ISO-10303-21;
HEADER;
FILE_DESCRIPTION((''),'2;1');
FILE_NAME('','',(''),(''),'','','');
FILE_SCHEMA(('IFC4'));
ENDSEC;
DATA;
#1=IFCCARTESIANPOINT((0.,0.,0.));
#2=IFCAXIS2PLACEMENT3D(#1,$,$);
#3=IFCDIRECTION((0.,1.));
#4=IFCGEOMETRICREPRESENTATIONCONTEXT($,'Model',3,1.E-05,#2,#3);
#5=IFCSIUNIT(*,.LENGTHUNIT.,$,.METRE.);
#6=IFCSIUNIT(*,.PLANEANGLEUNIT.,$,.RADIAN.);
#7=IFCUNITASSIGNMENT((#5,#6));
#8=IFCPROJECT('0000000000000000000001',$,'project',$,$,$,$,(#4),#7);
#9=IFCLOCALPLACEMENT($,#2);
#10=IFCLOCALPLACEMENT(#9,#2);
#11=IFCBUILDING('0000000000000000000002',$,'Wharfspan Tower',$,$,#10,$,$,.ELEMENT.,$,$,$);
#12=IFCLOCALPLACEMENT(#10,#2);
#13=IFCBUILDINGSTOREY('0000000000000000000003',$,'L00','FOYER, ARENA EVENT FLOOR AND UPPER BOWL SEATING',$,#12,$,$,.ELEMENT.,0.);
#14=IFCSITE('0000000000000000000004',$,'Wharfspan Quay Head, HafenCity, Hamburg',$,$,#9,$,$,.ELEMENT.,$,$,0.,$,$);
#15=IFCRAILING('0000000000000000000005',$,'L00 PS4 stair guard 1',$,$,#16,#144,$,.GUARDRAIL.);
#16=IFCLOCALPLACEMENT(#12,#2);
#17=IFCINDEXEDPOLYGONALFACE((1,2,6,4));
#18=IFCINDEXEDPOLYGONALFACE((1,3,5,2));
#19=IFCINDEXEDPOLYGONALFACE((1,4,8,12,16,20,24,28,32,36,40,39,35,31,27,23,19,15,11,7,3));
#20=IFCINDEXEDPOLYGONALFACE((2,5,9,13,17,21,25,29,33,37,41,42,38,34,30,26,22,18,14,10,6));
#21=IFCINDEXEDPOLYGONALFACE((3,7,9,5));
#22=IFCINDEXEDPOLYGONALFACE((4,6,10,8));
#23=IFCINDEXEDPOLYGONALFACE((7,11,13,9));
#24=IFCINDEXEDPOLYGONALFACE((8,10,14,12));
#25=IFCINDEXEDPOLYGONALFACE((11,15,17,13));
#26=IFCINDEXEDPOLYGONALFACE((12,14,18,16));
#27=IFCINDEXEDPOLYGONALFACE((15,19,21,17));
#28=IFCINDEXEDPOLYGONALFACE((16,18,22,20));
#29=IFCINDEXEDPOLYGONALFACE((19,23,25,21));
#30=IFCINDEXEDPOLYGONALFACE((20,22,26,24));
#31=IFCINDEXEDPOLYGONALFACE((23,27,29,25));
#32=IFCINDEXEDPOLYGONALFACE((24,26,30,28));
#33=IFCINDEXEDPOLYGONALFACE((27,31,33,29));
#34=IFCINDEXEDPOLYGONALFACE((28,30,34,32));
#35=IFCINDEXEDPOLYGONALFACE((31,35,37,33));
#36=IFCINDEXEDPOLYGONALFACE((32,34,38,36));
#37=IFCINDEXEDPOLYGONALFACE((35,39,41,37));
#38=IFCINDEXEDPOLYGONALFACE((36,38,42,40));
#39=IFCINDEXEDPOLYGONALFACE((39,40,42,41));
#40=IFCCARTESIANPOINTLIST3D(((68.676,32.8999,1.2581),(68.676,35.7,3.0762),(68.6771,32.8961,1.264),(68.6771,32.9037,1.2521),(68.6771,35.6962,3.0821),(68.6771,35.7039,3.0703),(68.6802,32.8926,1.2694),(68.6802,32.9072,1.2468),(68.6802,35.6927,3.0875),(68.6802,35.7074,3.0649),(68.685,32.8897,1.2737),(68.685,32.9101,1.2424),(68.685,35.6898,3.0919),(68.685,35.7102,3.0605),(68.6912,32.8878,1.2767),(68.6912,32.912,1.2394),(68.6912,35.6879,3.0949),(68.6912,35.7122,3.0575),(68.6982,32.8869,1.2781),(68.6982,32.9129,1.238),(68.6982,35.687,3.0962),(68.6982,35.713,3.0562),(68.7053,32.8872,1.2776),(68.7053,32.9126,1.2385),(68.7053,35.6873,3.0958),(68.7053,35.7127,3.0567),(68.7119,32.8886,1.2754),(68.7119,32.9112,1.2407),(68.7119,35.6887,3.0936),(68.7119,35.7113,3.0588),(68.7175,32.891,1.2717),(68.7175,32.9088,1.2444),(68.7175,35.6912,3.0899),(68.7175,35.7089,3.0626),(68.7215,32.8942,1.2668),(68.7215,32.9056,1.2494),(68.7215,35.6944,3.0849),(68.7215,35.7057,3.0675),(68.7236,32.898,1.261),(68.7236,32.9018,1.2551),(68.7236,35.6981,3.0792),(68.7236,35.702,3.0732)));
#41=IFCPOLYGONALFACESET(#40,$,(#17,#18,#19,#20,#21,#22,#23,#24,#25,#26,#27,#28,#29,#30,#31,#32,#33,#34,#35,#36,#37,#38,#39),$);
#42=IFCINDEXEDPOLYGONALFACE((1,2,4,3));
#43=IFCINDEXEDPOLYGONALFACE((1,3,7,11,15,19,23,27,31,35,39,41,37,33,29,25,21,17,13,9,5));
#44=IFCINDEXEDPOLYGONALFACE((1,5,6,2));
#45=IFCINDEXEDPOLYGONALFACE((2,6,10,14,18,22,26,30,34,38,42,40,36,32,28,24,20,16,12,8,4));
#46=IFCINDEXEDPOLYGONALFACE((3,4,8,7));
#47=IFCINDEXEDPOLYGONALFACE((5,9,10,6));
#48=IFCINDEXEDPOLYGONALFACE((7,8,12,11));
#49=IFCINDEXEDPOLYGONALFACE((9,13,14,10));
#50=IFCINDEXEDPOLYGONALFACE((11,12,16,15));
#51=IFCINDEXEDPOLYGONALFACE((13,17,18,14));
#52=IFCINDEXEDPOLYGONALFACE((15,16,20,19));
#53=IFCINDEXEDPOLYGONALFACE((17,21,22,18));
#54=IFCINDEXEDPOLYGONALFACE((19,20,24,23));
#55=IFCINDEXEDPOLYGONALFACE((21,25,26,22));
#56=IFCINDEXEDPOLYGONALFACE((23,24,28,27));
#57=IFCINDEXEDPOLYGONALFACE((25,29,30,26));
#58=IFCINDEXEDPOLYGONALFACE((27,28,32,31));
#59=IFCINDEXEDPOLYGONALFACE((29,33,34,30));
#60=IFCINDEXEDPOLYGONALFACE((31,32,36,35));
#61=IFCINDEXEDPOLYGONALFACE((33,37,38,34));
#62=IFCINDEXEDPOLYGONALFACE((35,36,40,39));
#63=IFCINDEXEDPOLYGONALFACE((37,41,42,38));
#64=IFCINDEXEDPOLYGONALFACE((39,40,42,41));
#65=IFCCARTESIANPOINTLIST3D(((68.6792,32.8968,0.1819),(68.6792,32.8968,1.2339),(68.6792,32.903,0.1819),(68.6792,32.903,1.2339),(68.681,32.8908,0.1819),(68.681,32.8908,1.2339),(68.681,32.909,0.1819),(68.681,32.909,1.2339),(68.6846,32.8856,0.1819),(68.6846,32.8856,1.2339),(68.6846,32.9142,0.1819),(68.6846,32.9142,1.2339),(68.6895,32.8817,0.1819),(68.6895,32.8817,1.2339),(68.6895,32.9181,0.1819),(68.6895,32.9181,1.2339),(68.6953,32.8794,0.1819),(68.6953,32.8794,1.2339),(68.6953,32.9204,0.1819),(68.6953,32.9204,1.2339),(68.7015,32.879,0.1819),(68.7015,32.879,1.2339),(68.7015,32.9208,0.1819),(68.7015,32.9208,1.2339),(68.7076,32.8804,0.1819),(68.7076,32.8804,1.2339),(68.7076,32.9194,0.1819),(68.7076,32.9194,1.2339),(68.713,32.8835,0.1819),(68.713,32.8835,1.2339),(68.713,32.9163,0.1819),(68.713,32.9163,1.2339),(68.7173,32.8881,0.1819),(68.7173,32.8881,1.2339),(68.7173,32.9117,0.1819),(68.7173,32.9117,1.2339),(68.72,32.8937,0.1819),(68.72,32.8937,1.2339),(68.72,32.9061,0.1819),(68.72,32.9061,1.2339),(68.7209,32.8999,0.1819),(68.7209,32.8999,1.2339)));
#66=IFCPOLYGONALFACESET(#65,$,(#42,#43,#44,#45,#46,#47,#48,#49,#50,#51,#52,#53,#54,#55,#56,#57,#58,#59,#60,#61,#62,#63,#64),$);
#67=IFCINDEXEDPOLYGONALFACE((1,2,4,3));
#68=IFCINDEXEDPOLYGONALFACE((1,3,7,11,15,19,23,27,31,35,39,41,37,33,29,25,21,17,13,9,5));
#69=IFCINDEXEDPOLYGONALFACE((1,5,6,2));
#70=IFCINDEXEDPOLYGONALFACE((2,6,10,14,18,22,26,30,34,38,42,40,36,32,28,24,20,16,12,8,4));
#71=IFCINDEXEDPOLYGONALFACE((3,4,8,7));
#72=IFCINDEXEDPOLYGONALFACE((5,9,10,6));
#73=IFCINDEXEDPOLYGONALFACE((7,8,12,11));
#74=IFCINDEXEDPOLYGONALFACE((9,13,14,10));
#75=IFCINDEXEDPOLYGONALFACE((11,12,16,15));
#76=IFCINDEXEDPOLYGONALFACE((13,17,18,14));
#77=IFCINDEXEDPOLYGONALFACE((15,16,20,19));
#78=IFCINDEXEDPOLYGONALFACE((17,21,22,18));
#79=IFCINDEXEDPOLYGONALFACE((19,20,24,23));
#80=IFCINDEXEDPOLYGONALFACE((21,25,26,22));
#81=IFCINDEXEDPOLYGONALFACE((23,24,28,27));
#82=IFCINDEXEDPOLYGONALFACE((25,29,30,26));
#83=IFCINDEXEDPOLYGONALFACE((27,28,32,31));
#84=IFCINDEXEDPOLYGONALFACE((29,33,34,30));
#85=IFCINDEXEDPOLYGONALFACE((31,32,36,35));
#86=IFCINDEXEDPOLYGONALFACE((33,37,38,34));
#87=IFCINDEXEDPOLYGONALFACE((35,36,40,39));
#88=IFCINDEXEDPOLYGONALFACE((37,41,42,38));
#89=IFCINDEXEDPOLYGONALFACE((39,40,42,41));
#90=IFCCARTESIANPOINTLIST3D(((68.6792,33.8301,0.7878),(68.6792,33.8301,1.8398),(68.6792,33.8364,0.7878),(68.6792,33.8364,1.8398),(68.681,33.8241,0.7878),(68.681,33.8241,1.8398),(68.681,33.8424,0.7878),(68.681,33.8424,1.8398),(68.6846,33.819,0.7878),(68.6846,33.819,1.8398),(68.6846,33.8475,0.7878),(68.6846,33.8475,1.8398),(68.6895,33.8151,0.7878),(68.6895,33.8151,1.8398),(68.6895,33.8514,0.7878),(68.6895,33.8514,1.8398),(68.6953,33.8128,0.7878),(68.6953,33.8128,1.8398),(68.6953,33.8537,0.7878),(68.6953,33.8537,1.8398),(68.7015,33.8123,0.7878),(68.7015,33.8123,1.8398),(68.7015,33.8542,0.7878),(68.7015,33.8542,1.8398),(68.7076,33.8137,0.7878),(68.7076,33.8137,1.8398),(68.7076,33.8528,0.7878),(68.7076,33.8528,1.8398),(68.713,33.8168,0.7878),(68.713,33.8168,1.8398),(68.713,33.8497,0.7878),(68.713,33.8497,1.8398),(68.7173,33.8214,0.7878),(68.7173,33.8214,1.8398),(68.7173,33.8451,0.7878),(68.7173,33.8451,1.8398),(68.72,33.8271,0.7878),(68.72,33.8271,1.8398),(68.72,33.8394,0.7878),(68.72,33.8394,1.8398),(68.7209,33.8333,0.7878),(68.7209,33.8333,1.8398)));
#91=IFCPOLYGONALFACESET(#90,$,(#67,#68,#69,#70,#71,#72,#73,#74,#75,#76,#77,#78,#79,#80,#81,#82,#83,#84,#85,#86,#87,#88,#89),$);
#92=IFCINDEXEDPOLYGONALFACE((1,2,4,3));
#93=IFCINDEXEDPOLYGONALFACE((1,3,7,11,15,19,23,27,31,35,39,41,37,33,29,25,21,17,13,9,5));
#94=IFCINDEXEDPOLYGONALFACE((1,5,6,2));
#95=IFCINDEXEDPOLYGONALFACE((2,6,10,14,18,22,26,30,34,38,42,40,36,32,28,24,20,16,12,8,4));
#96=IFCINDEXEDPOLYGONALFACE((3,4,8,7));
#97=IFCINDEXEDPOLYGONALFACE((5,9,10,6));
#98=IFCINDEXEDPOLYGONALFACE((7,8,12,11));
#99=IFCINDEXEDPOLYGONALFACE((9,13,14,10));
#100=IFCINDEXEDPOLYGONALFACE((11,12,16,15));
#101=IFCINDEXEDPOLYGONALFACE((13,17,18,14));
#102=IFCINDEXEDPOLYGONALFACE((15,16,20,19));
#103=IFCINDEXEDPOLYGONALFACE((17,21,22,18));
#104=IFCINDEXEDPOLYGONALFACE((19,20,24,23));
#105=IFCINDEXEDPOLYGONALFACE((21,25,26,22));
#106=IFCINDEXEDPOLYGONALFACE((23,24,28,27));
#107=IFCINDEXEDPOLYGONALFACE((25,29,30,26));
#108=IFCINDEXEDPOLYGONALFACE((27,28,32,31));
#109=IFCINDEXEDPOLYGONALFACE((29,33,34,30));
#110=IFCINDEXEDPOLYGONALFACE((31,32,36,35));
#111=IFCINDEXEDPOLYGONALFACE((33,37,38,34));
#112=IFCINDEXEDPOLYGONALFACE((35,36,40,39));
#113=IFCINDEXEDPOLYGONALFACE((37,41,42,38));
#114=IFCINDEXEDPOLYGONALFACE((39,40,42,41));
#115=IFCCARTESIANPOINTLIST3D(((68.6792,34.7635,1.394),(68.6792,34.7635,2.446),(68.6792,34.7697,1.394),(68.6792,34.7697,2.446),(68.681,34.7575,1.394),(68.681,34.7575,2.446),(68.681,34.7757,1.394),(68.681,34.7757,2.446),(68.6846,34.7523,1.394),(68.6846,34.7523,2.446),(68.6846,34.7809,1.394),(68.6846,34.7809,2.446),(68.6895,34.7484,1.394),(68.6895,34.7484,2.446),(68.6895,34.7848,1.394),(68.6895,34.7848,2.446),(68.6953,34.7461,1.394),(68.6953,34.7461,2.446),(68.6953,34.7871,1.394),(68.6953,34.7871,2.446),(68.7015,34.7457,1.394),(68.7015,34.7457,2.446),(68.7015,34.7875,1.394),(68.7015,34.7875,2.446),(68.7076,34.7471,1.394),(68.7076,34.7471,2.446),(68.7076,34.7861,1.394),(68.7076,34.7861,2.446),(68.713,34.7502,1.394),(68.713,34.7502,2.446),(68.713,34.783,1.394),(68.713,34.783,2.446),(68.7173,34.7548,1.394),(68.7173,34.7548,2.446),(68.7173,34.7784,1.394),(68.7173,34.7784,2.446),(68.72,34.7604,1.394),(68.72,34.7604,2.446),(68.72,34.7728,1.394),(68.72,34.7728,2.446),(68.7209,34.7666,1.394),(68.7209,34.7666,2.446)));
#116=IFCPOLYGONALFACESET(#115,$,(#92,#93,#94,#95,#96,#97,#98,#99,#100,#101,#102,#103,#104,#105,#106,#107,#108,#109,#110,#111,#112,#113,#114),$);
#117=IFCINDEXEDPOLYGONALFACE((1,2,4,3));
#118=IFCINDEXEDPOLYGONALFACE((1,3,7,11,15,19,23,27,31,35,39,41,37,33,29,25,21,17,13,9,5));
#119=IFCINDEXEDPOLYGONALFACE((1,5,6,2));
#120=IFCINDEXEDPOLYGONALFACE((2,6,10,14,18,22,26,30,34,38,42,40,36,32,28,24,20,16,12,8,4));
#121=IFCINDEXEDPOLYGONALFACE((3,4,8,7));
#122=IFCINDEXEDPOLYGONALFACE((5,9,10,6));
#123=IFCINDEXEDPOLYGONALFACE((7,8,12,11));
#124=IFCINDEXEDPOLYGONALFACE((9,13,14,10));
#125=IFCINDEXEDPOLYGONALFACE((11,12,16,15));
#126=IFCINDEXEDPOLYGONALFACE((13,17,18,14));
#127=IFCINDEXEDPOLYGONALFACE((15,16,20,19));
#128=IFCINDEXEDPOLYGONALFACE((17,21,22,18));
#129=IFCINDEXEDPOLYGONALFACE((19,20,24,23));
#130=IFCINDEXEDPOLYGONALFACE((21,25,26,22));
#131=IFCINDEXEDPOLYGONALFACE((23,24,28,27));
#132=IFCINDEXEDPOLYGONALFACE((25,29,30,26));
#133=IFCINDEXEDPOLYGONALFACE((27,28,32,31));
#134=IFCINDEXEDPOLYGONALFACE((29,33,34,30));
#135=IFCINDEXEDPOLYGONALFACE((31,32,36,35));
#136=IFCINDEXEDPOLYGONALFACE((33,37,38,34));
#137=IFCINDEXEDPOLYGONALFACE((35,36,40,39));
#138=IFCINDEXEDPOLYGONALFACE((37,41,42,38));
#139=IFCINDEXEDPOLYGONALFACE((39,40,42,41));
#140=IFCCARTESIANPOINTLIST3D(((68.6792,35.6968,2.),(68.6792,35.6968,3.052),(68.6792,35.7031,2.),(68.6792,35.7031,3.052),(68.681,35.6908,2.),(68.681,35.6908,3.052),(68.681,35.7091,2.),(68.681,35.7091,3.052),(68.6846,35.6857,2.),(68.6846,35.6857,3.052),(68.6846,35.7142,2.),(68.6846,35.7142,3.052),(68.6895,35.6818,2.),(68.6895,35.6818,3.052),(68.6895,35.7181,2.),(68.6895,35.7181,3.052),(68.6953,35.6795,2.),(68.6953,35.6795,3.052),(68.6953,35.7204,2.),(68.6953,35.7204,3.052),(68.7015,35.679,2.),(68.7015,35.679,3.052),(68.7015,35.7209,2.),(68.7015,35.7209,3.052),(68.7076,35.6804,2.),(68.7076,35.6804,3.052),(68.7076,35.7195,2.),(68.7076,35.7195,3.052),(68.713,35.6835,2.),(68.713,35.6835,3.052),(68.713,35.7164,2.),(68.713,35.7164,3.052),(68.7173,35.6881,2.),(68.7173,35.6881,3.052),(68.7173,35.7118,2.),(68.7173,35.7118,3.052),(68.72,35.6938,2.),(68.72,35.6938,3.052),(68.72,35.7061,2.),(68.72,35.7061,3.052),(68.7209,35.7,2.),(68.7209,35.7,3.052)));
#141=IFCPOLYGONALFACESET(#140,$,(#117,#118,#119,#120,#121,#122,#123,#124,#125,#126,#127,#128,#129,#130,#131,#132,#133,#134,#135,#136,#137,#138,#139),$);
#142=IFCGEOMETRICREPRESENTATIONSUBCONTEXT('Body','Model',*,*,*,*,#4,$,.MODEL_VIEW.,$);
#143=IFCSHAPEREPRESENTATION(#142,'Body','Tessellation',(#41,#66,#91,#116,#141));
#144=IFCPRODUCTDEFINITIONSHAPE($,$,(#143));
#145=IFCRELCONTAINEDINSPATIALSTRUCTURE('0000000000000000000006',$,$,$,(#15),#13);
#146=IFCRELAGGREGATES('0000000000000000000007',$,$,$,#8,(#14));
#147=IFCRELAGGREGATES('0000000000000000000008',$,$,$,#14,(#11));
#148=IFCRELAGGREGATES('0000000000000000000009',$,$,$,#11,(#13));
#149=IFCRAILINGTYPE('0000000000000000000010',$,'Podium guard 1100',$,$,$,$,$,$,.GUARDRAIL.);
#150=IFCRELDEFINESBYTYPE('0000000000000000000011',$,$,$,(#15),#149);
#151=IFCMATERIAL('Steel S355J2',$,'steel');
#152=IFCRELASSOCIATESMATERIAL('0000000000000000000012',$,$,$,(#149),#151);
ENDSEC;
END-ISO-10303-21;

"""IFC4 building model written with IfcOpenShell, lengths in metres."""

from ifc_helpers import new_model, si_unit, direction, frame, origin, origin_2d, place, context, subcontext, project, spatial, circle, extrude, material, type_object, element, save


model = new_model("IFC4")

# Units and contexts
model_context = context("Model", 3, precision=1e-05, world=origin(), true_north=direction((0.0, 1.0)))
body_context = subcontext(model_context, "Body", "Model", "MODEL_VIEW")
ifc_project = project(units=[si_unit("LENGTHUNIT", "METRE"), si_unit("PLANEANGLEUNIT", "RADIAN")], contexts=[model_context])

# Site, building, storey
site_placement = place(None, origin())
site = spatial("IfcSite", under=ifc_project, at=site_placement, Name="Wharfspan Quay Head, HafenCity, Hamburg", CompositionType="ELEMENT", RefElevation=0.0)
building_placement = place(site_placement, origin())
building = spatial("IfcBuilding", under=site, at=building_placement, Name="Wharfspan Tower", CompositionType="ELEMENT")
storey_placement = place(building_placement, origin())
storey = spatial("IfcBuildingStorey", under=building, at=storey_placement, Name="L00", Description="FOYER, ARENA EVENT FLOOR AND UPPER BOWL SEATING", CompositionType="ELEMENT", Elevation=0.0)

# Railing
ifc_material_1 = material(Name="Steel S355J2", Category="steel")
railing_type_1 = type_object("IfcRailingType", Name="Podium guard 1100", PredefinedType="GUARDRAIL", material=ifc_material_1)
railing_1_placement = place(storey_placement, frame((68.7, 32.8999, 0.1819)))
element("IfcRailing", 1, at=railing_1_placement, inside=storey, type_object=railing_type_1, Name="L00 PS4 stair guard 1", PredefinedType="GUARDRAIL", context=body_context, shape_type="SweptSolid", body=[
    extrude(circle(Radius=0.0239, at=origin_2d()), frame((0.0, 0.0, 1.0762), z_axis=(0.0, 0.838706, 0.544585), x_axis=(-1.0, 0.0, 0.0)), (0.0, 0.0, 1.0), 3.3386),
    extrude(circle(Radius=0.021, at=origin_2d()), origin(), (0.0, 0.0, 1.0), 1.052),
    extrude(circle(Radius=0.021, at=origin_2d()), frame((0.0, 0.9334, 0.606)), (0.0, 0.0, 1.0), 1.052),
    extrude(circle(Radius=0.021, at=origin_2d()), frame((0.0, 1.8667, 1.2122)), (0.0, 0.0, 1.0), 1.052),
    extrude(circle(Radius=0.021, at=origin_2d()), frame((0.0, 2.8, 1.8181)), (0.0, 0.0, 1.0), 1.052),
])

save(model, "model.ifc")
